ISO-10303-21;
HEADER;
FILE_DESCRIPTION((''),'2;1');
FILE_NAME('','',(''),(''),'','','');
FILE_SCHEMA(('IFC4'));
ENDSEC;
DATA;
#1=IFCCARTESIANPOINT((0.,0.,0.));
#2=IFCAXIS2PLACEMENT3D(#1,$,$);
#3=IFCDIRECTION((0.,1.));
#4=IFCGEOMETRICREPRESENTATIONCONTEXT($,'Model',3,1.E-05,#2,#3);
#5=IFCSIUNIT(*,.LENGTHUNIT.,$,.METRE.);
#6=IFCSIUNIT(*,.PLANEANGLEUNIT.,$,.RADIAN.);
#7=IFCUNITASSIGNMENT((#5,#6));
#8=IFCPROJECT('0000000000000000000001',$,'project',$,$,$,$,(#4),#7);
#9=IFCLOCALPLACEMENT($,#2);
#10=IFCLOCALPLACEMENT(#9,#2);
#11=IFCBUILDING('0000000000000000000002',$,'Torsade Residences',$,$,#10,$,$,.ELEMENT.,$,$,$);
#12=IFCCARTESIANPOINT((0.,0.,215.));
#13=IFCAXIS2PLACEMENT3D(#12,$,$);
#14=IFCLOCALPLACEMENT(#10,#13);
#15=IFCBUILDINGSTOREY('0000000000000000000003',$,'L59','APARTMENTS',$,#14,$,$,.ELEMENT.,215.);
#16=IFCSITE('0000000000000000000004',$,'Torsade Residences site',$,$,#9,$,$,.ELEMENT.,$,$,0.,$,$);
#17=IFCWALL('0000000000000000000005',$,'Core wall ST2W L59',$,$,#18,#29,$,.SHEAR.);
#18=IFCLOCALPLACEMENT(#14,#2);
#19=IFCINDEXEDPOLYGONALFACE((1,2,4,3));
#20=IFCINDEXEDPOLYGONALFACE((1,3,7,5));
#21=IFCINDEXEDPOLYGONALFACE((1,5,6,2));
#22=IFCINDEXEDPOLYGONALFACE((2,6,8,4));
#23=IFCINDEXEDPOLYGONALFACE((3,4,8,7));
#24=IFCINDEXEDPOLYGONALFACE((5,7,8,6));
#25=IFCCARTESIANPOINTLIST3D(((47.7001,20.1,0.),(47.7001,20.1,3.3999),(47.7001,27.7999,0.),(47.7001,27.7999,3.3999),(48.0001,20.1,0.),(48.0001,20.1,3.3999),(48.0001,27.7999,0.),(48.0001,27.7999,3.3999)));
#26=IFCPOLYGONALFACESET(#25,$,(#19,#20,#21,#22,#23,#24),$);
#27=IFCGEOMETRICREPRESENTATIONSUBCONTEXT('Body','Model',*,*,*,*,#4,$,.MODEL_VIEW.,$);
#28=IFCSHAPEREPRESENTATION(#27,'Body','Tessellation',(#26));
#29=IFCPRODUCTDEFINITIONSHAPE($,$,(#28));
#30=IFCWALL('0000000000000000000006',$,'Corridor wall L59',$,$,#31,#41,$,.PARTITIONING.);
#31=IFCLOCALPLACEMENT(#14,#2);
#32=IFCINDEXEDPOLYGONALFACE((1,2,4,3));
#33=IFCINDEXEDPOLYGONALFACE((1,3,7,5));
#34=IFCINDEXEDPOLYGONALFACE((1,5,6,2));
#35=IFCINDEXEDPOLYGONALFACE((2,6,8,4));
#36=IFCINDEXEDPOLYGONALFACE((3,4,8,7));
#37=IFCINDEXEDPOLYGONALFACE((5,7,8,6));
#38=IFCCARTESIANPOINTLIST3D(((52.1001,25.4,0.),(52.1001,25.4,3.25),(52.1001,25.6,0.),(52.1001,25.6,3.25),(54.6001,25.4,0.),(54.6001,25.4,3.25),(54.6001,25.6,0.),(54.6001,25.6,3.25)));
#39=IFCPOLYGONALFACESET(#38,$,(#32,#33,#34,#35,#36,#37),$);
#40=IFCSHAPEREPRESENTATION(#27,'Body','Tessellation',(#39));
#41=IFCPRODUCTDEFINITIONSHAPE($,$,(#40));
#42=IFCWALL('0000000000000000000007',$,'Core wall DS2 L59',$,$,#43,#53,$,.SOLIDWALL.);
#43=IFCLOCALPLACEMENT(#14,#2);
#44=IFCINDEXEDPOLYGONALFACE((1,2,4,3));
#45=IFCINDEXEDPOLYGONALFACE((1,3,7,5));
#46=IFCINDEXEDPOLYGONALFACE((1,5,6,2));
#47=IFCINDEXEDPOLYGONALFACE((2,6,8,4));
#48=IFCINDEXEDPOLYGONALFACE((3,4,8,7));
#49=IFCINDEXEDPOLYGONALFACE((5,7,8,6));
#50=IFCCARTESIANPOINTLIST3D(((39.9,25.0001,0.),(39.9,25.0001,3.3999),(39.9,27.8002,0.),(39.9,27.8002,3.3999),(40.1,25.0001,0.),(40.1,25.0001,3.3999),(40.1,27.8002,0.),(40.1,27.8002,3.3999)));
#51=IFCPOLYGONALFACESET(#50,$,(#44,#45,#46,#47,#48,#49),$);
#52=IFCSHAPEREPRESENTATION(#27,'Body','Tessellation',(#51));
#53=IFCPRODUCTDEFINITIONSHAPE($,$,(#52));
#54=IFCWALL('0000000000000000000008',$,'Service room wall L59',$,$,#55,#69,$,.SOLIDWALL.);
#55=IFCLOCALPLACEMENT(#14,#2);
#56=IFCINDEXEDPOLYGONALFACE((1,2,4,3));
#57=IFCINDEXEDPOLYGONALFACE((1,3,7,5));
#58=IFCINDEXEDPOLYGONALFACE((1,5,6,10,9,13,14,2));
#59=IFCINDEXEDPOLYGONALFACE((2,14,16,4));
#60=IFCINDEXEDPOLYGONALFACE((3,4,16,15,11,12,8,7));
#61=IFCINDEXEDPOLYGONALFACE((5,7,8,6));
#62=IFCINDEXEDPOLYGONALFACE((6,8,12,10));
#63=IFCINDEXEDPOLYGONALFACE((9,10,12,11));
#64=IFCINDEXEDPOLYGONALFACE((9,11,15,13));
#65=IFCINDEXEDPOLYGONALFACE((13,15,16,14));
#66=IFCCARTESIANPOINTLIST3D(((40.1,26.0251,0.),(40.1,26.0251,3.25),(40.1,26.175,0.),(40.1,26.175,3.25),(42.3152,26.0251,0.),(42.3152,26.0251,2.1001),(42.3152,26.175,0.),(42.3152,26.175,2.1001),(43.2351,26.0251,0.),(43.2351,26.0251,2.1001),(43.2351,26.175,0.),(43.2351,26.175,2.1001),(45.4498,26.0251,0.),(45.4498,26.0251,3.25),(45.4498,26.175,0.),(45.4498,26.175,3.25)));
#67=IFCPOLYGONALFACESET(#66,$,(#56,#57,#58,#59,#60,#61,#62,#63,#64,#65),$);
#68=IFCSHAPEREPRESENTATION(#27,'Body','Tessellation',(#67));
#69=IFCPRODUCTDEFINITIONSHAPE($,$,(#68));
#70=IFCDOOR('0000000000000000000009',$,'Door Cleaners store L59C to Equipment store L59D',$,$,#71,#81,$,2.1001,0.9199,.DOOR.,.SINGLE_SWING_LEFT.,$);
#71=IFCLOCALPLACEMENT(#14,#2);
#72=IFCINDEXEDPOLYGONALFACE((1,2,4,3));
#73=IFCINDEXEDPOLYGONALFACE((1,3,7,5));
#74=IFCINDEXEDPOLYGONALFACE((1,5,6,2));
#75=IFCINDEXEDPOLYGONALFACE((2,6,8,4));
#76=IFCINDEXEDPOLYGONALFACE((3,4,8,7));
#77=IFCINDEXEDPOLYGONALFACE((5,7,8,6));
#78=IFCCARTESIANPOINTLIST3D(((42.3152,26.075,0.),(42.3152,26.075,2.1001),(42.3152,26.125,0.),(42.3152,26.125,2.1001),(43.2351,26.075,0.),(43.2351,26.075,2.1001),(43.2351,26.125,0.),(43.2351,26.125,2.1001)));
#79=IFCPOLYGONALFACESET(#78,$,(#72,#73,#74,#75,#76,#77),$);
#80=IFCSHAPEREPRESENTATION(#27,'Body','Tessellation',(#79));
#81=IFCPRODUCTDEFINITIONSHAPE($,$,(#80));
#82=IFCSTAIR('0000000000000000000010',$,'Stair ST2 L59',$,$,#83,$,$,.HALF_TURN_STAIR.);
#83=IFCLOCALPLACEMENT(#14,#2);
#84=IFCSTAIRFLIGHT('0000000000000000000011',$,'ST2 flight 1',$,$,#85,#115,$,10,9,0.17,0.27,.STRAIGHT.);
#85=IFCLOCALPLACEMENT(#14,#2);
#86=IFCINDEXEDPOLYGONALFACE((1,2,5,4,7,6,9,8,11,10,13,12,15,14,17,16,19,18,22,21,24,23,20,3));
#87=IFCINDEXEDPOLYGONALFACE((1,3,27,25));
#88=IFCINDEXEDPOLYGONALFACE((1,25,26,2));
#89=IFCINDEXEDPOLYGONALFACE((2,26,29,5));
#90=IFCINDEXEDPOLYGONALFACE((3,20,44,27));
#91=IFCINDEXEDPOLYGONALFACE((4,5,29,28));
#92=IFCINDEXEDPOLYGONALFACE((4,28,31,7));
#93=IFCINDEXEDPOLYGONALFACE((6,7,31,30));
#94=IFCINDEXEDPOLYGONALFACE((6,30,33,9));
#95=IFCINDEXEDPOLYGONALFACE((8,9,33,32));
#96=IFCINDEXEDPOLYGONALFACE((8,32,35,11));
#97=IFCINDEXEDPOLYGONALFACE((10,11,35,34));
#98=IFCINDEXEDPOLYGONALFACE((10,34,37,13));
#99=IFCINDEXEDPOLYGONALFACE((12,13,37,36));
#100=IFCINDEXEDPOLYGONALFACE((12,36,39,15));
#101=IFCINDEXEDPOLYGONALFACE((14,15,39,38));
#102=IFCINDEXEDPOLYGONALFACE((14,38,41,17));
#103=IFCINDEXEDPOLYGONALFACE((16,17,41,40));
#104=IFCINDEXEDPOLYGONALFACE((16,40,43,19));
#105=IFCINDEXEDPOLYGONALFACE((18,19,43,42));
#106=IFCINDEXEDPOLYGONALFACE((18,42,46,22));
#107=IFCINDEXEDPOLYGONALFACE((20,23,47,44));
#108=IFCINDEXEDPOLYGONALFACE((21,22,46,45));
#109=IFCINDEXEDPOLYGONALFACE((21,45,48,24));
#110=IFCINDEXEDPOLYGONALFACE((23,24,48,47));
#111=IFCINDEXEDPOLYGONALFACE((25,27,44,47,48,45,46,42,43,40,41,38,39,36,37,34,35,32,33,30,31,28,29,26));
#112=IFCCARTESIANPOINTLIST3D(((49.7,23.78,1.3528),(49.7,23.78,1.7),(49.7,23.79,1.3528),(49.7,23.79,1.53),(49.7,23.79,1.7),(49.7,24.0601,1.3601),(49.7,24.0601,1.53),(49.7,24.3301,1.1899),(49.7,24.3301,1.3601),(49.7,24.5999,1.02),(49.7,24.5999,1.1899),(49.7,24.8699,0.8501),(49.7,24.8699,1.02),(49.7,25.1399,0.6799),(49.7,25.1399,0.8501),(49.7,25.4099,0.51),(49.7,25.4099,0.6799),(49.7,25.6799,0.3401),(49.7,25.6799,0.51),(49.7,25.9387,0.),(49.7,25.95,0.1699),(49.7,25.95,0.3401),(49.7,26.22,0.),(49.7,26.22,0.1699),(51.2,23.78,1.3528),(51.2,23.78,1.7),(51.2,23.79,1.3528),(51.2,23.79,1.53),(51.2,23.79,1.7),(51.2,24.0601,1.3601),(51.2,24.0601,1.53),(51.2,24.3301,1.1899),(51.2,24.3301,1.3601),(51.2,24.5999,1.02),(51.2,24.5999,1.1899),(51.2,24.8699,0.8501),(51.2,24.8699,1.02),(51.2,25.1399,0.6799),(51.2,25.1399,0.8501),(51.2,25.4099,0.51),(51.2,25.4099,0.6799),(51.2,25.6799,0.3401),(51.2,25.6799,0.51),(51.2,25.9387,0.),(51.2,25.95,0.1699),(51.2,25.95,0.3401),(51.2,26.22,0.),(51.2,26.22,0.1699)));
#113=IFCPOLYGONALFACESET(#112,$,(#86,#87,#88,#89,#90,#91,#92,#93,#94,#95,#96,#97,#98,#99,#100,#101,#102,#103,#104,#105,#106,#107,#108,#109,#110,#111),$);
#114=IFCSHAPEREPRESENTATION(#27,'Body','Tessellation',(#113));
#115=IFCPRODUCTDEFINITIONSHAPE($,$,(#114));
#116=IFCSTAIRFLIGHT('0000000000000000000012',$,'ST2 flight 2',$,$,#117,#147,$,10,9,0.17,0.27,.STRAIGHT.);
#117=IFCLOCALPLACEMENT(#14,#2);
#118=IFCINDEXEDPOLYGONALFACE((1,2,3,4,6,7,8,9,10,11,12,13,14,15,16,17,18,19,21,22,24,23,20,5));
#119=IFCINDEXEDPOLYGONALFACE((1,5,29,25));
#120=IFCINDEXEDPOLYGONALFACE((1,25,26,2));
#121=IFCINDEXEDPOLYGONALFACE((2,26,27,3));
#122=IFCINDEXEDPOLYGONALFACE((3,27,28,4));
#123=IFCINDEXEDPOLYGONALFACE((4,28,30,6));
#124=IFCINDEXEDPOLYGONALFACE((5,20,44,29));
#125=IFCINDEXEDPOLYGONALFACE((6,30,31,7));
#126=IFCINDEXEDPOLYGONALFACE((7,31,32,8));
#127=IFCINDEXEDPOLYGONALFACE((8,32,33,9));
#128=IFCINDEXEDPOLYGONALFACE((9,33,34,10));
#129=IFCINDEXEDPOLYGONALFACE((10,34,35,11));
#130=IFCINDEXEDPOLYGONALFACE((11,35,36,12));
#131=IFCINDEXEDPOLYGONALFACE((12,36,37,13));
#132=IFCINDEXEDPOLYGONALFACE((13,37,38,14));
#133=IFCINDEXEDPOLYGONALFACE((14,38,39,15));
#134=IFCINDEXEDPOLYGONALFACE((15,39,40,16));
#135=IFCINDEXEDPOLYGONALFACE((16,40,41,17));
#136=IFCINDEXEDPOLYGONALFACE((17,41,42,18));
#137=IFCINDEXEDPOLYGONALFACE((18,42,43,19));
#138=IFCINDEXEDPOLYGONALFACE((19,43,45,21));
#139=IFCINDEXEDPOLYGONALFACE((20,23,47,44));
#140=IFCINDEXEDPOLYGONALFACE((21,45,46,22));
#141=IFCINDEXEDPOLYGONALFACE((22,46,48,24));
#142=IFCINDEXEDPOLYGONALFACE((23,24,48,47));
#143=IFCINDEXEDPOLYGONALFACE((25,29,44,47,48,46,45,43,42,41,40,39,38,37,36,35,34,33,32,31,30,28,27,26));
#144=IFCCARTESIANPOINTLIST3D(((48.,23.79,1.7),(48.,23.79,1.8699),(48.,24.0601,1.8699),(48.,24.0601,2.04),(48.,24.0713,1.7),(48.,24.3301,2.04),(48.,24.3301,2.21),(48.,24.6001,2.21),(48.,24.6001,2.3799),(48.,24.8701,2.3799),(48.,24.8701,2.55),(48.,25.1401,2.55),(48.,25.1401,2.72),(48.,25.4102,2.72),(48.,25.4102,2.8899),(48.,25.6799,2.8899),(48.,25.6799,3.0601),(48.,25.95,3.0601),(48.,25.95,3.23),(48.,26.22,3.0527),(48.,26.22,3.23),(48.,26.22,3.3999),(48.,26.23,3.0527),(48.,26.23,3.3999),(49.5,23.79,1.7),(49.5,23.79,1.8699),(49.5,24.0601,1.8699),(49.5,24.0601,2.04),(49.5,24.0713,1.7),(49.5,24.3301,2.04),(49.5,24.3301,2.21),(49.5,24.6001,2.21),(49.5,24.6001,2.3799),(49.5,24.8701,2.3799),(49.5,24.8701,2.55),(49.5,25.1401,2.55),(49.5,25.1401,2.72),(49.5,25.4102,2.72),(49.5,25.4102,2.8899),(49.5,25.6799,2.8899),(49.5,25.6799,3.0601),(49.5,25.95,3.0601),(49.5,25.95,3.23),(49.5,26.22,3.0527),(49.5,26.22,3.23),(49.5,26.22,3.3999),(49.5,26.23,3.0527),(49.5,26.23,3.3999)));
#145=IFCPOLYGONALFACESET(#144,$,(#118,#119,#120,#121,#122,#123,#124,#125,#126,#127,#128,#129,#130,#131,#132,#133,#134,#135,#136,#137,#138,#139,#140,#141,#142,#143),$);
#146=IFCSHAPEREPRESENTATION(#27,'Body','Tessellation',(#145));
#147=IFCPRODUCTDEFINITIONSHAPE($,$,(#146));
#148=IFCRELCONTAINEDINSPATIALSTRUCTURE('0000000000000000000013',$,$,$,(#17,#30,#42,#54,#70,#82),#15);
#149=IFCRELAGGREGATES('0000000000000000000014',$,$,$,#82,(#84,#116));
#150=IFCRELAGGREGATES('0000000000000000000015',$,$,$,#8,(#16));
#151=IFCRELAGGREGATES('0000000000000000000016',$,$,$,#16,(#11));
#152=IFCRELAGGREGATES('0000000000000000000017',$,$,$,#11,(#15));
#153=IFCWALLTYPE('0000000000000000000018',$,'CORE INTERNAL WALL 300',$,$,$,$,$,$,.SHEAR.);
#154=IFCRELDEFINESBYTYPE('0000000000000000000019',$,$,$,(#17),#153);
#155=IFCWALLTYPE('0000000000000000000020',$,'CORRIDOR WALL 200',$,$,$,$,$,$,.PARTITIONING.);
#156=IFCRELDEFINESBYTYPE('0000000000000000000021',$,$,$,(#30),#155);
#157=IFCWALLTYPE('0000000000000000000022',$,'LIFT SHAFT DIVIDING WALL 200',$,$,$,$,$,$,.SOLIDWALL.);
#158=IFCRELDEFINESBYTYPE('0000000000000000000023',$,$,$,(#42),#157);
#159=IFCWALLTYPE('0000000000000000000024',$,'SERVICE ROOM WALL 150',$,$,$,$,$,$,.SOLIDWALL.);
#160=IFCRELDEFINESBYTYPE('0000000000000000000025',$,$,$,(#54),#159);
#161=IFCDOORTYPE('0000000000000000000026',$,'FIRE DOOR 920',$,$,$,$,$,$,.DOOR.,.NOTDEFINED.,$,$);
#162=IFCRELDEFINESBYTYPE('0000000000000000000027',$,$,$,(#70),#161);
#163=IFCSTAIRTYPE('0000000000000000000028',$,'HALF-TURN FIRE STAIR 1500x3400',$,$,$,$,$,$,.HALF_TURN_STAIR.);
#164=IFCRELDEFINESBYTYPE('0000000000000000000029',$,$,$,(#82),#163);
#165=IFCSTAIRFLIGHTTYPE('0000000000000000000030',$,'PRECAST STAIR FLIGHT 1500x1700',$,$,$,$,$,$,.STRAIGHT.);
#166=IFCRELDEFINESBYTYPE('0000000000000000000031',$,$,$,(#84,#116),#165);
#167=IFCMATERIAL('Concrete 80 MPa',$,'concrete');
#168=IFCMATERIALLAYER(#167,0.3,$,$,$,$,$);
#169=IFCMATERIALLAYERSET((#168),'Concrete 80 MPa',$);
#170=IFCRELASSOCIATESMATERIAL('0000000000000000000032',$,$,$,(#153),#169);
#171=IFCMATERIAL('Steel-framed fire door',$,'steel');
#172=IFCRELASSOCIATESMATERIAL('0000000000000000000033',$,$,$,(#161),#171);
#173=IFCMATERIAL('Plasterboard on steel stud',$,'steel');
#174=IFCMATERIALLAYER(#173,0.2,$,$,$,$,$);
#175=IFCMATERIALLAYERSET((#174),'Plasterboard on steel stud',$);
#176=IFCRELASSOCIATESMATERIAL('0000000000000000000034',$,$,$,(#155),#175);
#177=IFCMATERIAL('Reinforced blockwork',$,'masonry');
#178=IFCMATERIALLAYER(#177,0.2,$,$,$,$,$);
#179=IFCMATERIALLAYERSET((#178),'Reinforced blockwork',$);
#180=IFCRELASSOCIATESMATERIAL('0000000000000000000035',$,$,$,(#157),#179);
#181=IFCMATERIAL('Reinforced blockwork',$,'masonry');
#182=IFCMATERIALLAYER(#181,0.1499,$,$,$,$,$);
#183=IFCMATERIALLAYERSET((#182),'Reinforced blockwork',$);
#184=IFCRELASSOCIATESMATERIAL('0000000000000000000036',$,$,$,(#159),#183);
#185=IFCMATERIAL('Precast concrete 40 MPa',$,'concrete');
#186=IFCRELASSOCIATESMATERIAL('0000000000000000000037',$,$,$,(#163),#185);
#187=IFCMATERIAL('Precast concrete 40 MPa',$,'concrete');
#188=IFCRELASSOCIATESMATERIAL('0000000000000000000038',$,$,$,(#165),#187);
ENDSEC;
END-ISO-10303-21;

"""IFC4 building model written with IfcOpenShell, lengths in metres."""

from ifc_helpers import new_model, si_unit, direction, frame, frame_2d, origin, place, context, subcontext, project, spatial, polyline, rectangle, outline, extrude, material, layer, layer_set, type_object, element, fill, aggregate, save


model = new_model("IFC4")

# Units and contexts
model_context = context("Model", 3, precision=1e-05, world=origin(), true_north=direction((0.0, 1.0)))
body_context = subcontext(model_context, "Body", "Model", "MODEL_VIEW")
ifc_project = project(units=[si_unit("LENGTHUNIT", "METRE"), si_unit("PLANEANGLEUNIT", "RADIAN")], contexts=[model_context])

# Site, building, storey
site_placement = place(None, origin())
site = spatial("IfcSite", under=ifc_project, at=site_placement, Name="Torsade Residences site", CompositionType="ELEMENT", RefElevation=0.0)
building_placement = place(site_placement, origin())
building = spatial("IfcBuilding", under=site, at=building_placement, Name="Torsade Residences", CompositionType="ELEMENT")
storey_placement = place(building_placement, frame((0.0, 0.0, 215.0)))
storey = spatial("IfcBuildingStorey", under=building, at=storey_placement, Name="L59", Description="APARTMENTS", CompositionType="ELEMENT", Elevation=215.0)

# Shared definitions
ifc_material_1 = material(Name="Concrete 80 MPa", Category="concrete")
ifc_layer_1 = layer(ifc_material_1, 0.3)
ifc_layer_set_1 = layer_set([ifc_layer_1], Name="Concrete 80 MPa")
wall_type_1 = type_object("IfcWallType", Name="CORE INTERNAL WALL 300", PredefinedType="SHEAR", material=ifc_layer_set_1)
ifc_material_2 = material(Name="Steel-framed fire door", Category="steel")
door_type_1 = type_object("IfcDoorType", Name="FIRE DOOR 920", OperationType="NOTDEFINED", PredefinedType="DOOR", material=ifc_material_2)

# Walls
wall_1_placement = place(storey_placement, frame((47.8501, 27.8, 0.0), z_axis=(0.0, 0.0, 1.0), x_axis=(0.0, -1.0, 0.0)))
element("IfcWall", 1, at=wall_1_placement, inside=storey, type_object=wall_type_1, Name="Core wall ST2W L59", PredefinedType="SHEAR", context=body_context, shape_type="SweptSolid", body=[
    extrude(rectangle(XDim=7.7, YDim=0.3, at=frame_2d((3.8501, 0.0))), origin(), (0.0, 0.0, 1.0), 3.3999),
])
ifc_material_3 = material(Name="Plasterboard on steel stud", Category="steel")
ifc_layer_2 = layer(ifc_material_3, 0.2)
ifc_layer_set_2 = layer_set([ifc_layer_2], Name="Plasterboard on steel stud")
wall_type_2 = type_object("IfcWallType", Name="CORRIDOR WALL 200", PredefinedType="PARTITIONING", material=ifc_layer_set_2)
wall_2_placement = place(storey_placement, frame((52.1001, 25.5, 0.0), z_axis=(0.0, 0.0, 1.0), x_axis=(1.0, 0.0, 0.0)))
element("IfcWall", 2, at=wall_2_placement, inside=storey, type_object=wall_type_2, Name="Corridor wall L59", PredefinedType="PARTITIONING", context=body_context, shape_type="SweptSolid", body=[
    extrude(rectangle(XDim=2.5, YDim=0.2, at=frame_2d((1.25, 0.0))), origin(), (0.0, 0.0, 1.0), 3.25),
])
ifc_material_4 = material(Name="Reinforced blockwork", Category="masonry")
ifc_layer_3 = layer(ifc_material_4, 0.2)
ifc_layer_set_3 = layer_set([ifc_layer_3], Name="Reinforced blockwork")
wall_type_3 = type_object("IfcWallType", Name="LIFT SHAFT DIVIDING WALL 200", PredefinedType="SOLIDWALL", material=ifc_layer_set_3)
wall_3_placement = place(storey_placement, frame((40.0, 27.8, 0.0), z_axis=(0.0, 0.0, 1.0), x_axis=(0.0, -1.0, 0.0)))
element("IfcWall", 3, at=wall_3_placement, inside=storey, type_object=wall_type_3, Name="Core wall DS2 L59", PredefinedType="SOLIDWALL", context=body_context, shape_type="SweptSolid", body=[
    extrude(rectangle(XDim=2.8, YDim=0.2, at=frame_2d((1.3999, 0.0))), origin(), (0.0, 0.0, 1.0), 3.3999),
])

# Wall, opening, door
ifc_material_5 = material(Name="Reinforced blockwork", Category="masonry")
ifc_layer_4 = layer(ifc_material_5, 0.1499)
ifc_layer_set_4 = layer_set([ifc_layer_4], Name="Reinforced blockwork")
wall_type_4 = type_object("IfcWallType", Name="SERVICE ROOM WALL 150", PredefinedType="SOLIDWALL", material=ifc_layer_set_4)
wall_4_placement = place(storey_placement, frame((40.1001, 26.1001, 0.0), z_axis=(0.0, 0.0, 1.0), x_axis=(1.0, 0.0, 0.0)))
wall_4 = element("IfcWall", 4, at=wall_4_placement, inside=storey, type_object=wall_type_4, Name="Service room wall L59", PredefinedType="SOLIDWALL", context=body_context, shape_type="SweptSolid", body=[
    extrude(rectangle(XDim=5.3499, YDim=0.1499, at=frame_2d((2.6748, 0.0))), origin(), (0.0, 0.0, 1.0), 3.25),
])
opening_1_placement = place(wall_4_placement, frame((2.2151, 0.0, 0.0)))
opening_1 = element("IfcOpeningElement", 5, at=opening_1_placement, cuts=wall_4, PredefinedType="OPENING", context=body_context, shape_type="SweptSolid", body=[
    extrude(rectangle(XDim=0.9199, YDim=2.1001, at=frame_2d((0.46, 1.05))), frame((0.0, 0.085, 0.0), z_axis=(0.0, -1.0, 0.0), x_axis=(1.0, 0.0, 0.0)), (0.0, 0.0, 1.0), 0.1699),
])
door_1_placement = place(opening_1_placement, origin())
door_1 = element("IfcDoor", 6, at=door_1_placement, inside=storey, type_object=door_type_1, Name="Door Cleaners store L59C to Equipment store L59D", OperationType="SINGLE_SWING_LEFT", OverallHeight=2.1001, OverallWidth=0.9199, PredefinedType="DOOR", context=body_context, shape_type="SweptSolid", body=[
    extrude(rectangle(XDim=0.9199, YDim=2.1001, at=frame_2d((0.46, 1.05))), frame((0.0, 0.0249, 0.0), z_axis=(0.0, -1.0, 0.0), x_axis=(1.0, 0.0, 0.0)), (0.0, 0.0, 1.0), 0.05),
])
fill(opening_1, door_1)

# Stair, stair flights
ifc_material_6 = material(Name="Precast concrete 40 MPa", Category="concrete")
stair_type = type_object("IfcStairType", Name="HALF-TURN FIRE STAIR 1500x3400", PredefinedType="HALF_TURN_STAIR", material=ifc_material_6)
stair_placement = place(storey_placement, origin())
stair = element("IfcStair", 7, at=stair_placement, inside=storey, type_object=stair_type, Name="Stair ST2 L59", PredefinedType="HALF_TURN_STAIR")
ifc_material_7 = material(Name="Precast concrete 40 MPa", Category="concrete")
stair_flight_type = type_object("IfcStairFlightType", Name="PRECAST STAIR FLIGHT 1500x1700", PredefinedType="STRAIGHT", material=ifc_material_7)
stair_flight_1_placement = place(storey_placement, frame((50.45, 26.22, 0.0), z_axis=(0.0, 0.0, 1.0), x_axis=(0.0, -1.0, 0.0)))
stair_flight_1 = element("IfcStairFlight", 8, at=stair_flight_1_placement, type_object=stair_flight_type, Name="ST2 flight 1", NumberOfRisers=10, NumberOfTreads=9, PredefinedType="STRAIGHT", RiserHeight=0.17, TreadLength=0.27, context=body_context, shape_type="SweptSolid", body=[
    extrude(outline(polyline([(0.0, 0.0), (0.0, 0.1699), (0.27, 0.1699), (0.27, 0.3401), (0.54, 0.3401), (0.54, 0.51), (0.8101, 0.51), (0.8101, 0.6799), (1.0801, 0.6799), (1.0801, 0.8501), (1.3501, 0.8501), (1.3501, 1.02), (1.6201, 1.02), (1.6201, 1.1899), (1.8899, 1.1899), (1.8899, 1.3601), (2.1599, 1.3601), (2.1599, 1.53), (2.4299, 1.53), (2.4299, 1.7), (2.4399, 1.7), (2.4399, 1.3528), (2.4299, 1.3528), (0.2812, 0.0), (0.0, 0.0)])), frame((0.0, 0.75, 0.0), z_axis=(0.0, -1.0, 0.0), x_axis=(1.0, 0.0, 0.0)), (0.0, 0.0, 1.0), 1.5),
])
stair_flight_2_placement = place(storey_placement, frame((48.75, 23.79, 1.7), z_axis=(0.0, 0.0, 1.0), x_axis=(0.0, 1.0, 0.0)))
stair_flight_2 = element("IfcStairFlight", 9, at=stair_flight_2_placement, type_object=stair_flight_type, Name="ST2 flight 2", NumberOfRisers=10, NumberOfTreads=9, PredefinedType="STRAIGHT", RiserHeight=0.17, TreadLength=0.27, context=body_context, shape_type="SweptSolid", body=[
    extrude(outline(polyline([(0.0, 0.0), (0.0, 0.1699), (0.27, 0.1699), (0.27, 0.3401), (0.54, 0.3401), (0.54, 0.51), (0.8101, 0.51), (0.8101, 0.6799), (1.0801, 0.6799), (1.0801, 0.8501), (1.3501, 0.8501), (1.3501, 1.02), (1.6201, 1.02), (1.6201, 1.1899), (1.8899, 1.1899), (1.8899, 1.3601), (2.1599, 1.3601), (2.1599, 1.53), (2.4299, 1.53), (2.4299, 1.7), (2.4399, 1.7), (2.4399, 1.3528), (2.4299, 1.3528), (0.2812, 0.0), (0.0, 0.0)])), frame((0.0, 0.75, 0.0), z_axis=(0.0, -1.0, 0.0), x_axis=(1.0, 0.0, 0.0)), (0.0, 0.0, 1.0), 1.5),
])
aggregate(stair, [stair_flight_1, stair_flight_2])

save(model, "model.ifc")
